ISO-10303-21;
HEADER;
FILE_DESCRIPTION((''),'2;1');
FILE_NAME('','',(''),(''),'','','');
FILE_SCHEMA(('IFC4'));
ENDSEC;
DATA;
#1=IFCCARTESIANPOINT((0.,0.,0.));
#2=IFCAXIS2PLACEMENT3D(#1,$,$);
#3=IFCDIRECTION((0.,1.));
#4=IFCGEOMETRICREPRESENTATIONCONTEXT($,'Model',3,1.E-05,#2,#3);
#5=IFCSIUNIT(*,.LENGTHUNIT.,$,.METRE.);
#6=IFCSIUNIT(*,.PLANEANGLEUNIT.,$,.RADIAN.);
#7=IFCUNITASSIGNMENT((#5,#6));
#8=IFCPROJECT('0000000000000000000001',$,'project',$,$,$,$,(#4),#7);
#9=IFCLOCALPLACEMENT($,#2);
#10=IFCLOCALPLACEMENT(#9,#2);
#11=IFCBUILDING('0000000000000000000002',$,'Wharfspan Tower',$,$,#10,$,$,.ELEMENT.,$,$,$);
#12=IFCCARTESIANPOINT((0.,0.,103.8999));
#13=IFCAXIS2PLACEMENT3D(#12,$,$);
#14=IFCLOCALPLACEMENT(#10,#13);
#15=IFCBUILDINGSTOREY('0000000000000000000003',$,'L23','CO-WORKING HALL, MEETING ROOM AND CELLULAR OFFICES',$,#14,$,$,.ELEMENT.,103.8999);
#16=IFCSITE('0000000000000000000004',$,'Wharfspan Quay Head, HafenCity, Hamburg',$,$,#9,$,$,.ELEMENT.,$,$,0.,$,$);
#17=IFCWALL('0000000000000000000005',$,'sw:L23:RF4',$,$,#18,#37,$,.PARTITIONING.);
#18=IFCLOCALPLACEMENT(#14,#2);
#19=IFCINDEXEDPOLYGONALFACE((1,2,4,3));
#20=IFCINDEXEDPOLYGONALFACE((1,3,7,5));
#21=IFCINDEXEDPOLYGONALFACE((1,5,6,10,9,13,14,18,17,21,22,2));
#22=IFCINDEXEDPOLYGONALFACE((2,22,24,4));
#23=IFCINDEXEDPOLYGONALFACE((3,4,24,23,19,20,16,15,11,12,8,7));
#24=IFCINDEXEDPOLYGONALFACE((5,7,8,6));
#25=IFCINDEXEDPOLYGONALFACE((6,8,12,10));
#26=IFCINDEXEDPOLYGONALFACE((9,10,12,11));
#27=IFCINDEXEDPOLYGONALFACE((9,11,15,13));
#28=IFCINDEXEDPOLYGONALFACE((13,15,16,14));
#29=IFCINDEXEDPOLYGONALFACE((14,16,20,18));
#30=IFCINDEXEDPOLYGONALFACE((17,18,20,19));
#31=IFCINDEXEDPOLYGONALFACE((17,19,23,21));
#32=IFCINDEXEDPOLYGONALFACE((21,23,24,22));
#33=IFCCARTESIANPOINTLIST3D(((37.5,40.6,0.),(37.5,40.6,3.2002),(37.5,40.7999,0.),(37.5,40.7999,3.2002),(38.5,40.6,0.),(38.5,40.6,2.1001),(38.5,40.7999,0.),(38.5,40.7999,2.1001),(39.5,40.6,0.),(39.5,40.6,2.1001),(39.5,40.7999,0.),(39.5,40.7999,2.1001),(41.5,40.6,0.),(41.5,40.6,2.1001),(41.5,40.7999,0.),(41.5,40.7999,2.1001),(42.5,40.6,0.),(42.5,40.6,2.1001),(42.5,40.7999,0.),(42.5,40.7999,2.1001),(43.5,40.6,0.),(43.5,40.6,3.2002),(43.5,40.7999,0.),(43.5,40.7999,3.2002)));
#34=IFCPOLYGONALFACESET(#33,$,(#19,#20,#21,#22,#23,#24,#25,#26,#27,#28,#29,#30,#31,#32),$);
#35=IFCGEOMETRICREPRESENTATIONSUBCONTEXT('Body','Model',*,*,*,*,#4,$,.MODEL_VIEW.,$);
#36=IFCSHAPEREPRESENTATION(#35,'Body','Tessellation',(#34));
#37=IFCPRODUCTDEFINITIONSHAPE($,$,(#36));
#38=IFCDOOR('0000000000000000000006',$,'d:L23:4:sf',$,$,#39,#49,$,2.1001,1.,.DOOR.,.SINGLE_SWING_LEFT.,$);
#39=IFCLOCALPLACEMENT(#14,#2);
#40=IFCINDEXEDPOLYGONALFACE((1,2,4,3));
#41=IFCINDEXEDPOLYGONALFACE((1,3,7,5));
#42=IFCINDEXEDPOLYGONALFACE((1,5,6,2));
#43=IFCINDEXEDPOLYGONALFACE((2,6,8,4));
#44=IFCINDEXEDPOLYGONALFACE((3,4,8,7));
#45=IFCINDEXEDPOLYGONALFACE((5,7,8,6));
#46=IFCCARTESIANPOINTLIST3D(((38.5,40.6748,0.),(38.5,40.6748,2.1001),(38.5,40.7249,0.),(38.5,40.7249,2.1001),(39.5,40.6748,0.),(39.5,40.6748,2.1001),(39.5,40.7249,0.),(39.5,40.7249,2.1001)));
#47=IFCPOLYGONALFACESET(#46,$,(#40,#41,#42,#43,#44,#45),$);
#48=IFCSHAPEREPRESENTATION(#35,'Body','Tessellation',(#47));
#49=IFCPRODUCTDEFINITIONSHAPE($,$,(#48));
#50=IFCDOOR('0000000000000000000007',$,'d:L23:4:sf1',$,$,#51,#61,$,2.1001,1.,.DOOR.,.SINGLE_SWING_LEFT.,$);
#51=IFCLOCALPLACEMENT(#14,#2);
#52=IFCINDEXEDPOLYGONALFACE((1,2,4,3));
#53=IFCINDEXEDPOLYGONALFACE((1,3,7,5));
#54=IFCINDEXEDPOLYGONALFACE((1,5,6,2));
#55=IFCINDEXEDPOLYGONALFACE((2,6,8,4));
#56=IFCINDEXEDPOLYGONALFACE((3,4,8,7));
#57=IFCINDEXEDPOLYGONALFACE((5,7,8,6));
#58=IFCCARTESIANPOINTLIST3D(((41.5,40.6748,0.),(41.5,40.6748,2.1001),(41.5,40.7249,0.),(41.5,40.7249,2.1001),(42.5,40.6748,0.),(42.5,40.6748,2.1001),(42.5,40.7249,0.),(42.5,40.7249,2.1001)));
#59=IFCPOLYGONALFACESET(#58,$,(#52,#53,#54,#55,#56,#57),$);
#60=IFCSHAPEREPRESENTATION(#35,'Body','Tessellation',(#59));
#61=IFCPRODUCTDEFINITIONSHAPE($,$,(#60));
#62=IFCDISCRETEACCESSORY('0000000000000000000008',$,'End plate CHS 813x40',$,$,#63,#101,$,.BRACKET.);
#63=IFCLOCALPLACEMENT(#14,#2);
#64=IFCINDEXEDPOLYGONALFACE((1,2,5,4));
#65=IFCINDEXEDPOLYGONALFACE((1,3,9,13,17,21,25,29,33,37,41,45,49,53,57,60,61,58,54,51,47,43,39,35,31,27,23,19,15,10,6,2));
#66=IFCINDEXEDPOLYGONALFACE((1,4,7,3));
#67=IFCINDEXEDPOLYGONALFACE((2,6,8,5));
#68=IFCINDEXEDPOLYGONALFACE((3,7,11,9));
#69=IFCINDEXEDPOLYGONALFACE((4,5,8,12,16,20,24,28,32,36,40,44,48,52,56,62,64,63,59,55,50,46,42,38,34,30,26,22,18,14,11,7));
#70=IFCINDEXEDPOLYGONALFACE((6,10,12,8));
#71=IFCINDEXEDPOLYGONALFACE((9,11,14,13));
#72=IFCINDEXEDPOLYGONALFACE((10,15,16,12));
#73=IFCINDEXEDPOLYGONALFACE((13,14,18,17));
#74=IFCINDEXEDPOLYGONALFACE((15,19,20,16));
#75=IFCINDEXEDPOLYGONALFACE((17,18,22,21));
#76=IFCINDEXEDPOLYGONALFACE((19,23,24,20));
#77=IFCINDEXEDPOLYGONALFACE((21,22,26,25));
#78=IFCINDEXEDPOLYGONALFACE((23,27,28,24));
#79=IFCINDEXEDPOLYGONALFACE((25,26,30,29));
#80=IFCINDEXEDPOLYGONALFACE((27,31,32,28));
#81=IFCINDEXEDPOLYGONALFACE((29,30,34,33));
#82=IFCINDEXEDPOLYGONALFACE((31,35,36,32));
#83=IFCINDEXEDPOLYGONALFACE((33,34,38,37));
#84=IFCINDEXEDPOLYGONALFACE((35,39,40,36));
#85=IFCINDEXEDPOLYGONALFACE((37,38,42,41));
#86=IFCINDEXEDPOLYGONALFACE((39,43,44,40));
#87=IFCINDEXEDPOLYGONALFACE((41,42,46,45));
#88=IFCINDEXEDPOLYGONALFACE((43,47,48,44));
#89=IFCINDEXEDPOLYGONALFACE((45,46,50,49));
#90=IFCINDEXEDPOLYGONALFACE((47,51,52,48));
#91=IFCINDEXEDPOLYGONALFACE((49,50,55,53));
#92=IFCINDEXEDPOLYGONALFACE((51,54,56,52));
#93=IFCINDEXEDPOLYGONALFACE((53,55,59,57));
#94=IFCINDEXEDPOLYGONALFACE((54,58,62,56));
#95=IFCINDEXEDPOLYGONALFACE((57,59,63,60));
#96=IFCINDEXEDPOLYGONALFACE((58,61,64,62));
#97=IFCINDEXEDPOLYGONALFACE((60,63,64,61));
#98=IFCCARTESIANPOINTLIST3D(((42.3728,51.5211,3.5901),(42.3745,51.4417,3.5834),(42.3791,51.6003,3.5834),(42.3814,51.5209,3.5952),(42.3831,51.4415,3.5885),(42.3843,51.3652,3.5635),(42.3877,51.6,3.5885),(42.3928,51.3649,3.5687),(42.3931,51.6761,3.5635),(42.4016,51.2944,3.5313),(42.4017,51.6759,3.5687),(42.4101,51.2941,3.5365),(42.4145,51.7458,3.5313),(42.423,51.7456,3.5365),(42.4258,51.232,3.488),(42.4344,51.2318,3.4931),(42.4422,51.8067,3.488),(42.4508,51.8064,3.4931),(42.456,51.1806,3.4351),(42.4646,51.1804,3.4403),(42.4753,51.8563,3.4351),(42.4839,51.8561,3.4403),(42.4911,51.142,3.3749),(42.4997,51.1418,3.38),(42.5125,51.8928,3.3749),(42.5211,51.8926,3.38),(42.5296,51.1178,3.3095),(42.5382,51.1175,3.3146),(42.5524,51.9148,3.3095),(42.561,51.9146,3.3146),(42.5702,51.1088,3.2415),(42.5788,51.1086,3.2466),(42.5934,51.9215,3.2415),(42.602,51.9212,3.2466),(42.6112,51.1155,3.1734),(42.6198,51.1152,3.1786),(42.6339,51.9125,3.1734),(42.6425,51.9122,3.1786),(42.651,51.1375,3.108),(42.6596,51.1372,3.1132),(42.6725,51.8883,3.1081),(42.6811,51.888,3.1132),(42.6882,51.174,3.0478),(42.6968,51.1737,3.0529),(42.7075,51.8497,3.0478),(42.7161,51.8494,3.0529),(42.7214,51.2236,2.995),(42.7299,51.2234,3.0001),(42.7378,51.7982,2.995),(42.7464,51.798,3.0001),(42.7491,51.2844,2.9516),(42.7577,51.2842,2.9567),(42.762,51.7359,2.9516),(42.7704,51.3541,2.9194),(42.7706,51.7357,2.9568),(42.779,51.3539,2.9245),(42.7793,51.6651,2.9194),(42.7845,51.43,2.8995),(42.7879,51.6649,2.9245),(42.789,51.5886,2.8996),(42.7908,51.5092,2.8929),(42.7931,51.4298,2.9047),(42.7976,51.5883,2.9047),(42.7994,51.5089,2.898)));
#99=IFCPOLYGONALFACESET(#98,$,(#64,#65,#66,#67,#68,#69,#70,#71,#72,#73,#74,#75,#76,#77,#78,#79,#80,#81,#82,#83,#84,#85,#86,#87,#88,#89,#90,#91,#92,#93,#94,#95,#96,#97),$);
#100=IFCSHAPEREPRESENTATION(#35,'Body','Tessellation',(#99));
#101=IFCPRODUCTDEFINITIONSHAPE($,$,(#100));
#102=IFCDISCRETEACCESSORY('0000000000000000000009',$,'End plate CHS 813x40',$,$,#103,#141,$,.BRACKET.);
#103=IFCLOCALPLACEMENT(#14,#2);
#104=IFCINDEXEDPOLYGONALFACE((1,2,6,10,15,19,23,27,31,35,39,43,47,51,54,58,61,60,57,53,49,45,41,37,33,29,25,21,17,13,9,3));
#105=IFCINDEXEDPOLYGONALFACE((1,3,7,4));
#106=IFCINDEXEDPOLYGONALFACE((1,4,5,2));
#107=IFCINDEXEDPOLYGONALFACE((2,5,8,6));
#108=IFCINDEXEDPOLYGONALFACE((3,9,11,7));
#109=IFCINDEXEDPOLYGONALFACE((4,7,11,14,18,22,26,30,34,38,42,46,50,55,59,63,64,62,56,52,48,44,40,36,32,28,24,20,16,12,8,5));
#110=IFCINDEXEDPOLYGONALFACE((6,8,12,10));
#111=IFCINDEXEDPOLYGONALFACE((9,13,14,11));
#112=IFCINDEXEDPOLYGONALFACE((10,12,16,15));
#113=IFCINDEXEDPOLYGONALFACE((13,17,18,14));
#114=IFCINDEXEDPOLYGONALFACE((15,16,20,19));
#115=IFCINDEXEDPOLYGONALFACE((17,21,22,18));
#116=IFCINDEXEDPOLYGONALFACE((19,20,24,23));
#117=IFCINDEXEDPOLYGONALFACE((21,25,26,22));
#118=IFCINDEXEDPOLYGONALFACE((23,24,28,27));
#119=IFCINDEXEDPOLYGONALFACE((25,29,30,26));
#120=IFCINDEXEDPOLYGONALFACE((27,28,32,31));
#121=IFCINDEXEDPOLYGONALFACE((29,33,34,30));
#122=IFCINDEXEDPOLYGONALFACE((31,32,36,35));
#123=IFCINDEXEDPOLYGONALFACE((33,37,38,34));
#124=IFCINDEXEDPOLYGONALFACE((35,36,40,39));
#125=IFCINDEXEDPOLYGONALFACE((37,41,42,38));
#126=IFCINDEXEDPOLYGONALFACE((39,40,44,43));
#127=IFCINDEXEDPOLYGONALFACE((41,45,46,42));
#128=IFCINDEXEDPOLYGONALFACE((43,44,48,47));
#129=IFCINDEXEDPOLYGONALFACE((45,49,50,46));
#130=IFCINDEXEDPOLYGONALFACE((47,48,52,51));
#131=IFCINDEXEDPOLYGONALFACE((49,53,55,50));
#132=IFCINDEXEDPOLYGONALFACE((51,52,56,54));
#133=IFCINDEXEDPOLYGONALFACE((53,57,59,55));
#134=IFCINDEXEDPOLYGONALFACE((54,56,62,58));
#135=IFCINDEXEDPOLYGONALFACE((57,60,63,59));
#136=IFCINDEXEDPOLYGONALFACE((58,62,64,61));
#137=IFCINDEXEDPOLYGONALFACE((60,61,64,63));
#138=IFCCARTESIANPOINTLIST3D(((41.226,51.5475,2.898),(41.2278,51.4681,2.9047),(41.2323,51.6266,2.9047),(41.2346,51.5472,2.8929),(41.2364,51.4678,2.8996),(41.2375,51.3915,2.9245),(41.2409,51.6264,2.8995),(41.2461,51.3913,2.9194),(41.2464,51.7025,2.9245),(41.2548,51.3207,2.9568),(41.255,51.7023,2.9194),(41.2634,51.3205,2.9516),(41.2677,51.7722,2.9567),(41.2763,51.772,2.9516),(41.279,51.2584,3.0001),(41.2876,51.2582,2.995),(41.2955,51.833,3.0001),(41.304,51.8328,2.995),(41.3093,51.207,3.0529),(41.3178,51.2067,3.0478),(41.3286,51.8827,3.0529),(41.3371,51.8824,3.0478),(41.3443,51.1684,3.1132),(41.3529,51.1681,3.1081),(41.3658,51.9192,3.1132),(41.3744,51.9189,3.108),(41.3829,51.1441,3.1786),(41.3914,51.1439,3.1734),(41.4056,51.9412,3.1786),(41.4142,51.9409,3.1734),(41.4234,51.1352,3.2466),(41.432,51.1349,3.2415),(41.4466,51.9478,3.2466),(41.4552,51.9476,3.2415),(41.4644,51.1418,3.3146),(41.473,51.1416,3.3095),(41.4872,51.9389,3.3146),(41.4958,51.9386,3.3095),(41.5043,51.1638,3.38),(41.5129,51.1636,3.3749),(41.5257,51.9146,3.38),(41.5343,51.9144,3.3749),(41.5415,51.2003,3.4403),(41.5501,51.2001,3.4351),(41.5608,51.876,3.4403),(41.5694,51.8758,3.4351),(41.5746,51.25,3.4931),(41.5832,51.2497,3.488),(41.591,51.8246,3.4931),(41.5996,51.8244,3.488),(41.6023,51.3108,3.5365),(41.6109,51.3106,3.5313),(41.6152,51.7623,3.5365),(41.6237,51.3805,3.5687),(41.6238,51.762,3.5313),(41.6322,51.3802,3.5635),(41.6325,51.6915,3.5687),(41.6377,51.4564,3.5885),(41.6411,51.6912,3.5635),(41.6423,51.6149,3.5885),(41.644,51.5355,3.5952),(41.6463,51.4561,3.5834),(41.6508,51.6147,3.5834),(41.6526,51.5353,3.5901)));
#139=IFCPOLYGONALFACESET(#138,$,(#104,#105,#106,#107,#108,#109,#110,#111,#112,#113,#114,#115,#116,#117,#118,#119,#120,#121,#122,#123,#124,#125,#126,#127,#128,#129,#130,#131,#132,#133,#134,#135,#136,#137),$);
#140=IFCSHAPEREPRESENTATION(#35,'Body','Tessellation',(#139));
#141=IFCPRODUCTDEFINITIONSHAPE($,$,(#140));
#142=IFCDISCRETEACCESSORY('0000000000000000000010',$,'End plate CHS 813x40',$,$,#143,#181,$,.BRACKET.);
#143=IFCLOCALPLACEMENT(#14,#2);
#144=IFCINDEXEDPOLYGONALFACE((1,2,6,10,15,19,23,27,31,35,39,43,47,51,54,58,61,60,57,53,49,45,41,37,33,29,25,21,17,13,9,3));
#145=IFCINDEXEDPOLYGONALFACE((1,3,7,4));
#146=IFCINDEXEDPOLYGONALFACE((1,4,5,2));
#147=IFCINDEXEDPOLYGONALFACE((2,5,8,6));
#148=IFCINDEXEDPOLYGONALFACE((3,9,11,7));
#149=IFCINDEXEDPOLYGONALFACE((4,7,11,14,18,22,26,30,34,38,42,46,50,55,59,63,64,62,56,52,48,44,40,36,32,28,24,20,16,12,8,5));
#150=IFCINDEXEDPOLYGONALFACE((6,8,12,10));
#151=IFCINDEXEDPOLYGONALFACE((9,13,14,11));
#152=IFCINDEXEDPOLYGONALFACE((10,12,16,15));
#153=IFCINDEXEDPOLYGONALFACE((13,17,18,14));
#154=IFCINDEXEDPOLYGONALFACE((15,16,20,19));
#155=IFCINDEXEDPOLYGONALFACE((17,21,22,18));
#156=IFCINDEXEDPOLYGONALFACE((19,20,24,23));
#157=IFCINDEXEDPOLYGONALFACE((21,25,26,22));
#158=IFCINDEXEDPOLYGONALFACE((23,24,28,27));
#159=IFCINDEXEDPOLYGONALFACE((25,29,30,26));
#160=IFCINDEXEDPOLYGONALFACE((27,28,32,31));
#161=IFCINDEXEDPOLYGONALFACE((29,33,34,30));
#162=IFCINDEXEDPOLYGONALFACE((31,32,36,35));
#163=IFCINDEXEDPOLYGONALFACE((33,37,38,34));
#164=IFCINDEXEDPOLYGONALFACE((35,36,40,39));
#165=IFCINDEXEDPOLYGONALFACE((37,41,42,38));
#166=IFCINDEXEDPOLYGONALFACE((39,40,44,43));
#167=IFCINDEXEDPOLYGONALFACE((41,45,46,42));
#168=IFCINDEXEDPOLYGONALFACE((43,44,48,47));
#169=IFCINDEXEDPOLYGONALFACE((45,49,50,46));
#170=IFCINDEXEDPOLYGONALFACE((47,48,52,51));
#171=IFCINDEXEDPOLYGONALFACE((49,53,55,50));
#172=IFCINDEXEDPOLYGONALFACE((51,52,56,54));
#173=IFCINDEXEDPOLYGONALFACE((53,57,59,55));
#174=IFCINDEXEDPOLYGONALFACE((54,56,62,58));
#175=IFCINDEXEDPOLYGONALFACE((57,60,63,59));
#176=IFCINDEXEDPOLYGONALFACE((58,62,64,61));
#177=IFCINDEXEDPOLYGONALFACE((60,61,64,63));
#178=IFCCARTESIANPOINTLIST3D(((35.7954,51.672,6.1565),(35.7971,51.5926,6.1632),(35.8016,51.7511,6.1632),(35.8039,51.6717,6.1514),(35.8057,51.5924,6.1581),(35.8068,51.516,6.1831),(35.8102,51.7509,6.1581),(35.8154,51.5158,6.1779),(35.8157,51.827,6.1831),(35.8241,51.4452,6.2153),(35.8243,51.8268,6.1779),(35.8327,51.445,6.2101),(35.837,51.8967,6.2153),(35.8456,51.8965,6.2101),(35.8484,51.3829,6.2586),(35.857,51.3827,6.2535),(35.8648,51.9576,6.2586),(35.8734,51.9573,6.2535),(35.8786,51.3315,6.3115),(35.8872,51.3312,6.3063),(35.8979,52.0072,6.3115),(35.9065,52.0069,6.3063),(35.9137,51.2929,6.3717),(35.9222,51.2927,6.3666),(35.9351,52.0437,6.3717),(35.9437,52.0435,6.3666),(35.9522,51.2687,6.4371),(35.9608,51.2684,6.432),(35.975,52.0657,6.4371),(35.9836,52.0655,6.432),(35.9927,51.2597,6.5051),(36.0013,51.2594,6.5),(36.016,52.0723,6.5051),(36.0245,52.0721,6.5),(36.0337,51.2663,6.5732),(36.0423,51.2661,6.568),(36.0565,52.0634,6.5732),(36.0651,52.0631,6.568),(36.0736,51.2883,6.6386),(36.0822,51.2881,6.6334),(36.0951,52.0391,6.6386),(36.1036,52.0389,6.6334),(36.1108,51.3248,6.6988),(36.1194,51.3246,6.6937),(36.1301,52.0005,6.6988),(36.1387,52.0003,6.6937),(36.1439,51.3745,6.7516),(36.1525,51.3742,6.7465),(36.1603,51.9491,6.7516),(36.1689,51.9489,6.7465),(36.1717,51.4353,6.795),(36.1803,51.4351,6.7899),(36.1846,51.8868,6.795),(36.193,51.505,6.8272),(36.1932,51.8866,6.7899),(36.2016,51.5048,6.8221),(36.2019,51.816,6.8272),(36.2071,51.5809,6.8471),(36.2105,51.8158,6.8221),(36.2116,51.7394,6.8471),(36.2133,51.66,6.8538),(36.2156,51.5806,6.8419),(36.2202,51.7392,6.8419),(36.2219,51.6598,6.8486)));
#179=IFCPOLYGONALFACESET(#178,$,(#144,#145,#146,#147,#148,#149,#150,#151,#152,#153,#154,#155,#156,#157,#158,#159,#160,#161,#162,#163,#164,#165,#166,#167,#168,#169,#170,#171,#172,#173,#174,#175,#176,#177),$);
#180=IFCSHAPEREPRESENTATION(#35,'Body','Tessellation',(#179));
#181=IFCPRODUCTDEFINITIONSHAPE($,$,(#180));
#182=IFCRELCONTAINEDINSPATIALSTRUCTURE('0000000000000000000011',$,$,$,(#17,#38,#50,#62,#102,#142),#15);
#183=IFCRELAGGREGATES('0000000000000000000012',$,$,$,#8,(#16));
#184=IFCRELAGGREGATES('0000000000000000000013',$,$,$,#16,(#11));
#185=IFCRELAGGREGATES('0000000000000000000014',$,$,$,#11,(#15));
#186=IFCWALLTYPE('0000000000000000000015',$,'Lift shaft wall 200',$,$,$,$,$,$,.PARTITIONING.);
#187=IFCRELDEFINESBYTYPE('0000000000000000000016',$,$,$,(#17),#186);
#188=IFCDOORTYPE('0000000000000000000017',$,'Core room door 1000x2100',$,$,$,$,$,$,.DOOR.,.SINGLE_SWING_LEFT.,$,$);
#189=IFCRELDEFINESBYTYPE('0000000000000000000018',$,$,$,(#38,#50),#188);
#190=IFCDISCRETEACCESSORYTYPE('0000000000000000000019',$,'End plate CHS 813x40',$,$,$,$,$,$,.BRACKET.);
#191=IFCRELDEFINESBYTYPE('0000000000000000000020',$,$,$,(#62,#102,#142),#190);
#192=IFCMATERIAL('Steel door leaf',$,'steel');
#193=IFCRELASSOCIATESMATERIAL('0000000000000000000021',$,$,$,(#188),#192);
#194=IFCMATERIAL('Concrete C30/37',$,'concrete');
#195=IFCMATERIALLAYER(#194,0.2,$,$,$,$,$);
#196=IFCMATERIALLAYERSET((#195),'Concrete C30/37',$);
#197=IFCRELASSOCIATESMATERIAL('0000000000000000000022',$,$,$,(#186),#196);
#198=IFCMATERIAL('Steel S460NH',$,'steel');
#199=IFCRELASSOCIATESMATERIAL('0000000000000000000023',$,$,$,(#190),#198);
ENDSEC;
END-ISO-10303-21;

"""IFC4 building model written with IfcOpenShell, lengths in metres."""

from ifc_helpers import new_model, si_unit, direction, frame, frame_2d, origin, origin_2d, place, context, subcontext, project, spatial, rectangle, circle, extrude, material, layer, layer_set, material_profile, profile_set, type_object, element, fill, save


model = new_model("IFC4")

# Units and contexts
model_context = context("Model", 3, precision=1e-05, world=origin(), true_north=direction((0.0, 1.0)))
body_context = subcontext(model_context, "Body", "Model", "MODEL_VIEW")
ifc_project = project(units=[si_unit("LENGTHUNIT", "METRE"), si_unit("PLANEANGLEUNIT", "RADIAN")], contexts=[model_context])

# Site, building, storey
site_placement = place(None, origin())
site = spatial("IfcSite", under=ifc_project, at=site_placement, Name="Wharfspan Quay Head, HafenCity, Hamburg", CompositionType="ELEMENT", RefElevation=0.0)
building_placement = place(site_placement, origin())
building = spatial("IfcBuilding", under=site, at=building_placement, Name="Wharfspan Tower", CompositionType="ELEMENT")
storey_placement = place(building_placement, frame((0.0, 0.0, 103.8999)))
storey = spatial("IfcBuildingStorey", under=building, at=storey_placement, Name="L23", Description="CO-WORKING HALL, MEETING ROOM AND CELLULAR OFFICES", CompositionType="ELEMENT", Elevation=103.8999)

# Shared definitions
ifc_material_1 = material(Name="Steel S460NH", Category="steel")

# Wall, openings, doors
ifc_material_2 = material(Name="Steel door leaf", Category="steel")
door_type_1 = type_object("IfcDoorType", Name="Core room door 1000x2100", OperationType="SINGLE_SWING_LEFT", PredefinedType="DOOR", material=ifc_material_2)
ifc_material_3 = material(Name="Concrete C30/37", Category="concrete")
ifc_layer_1 = layer(ifc_material_3, 0.2)
ifc_layer_set_1 = layer_set([ifc_layer_1], Name="Concrete C30/37")
wall_type_1 = type_object("IfcWallType", Name="Lift shaft wall 200", PredefinedType="PARTITIONING", material=ifc_layer_set_1)
wall_1_placement = place(storey_placement, frame((37.5, 40.7, 0.0), z_axis=(0.0, 0.0, 1.0), x_axis=(1.0, 0.0, 0.0)))
wall_1 = element("IfcWall", 1, at=wall_1_placement, inside=storey, type_object=wall_type_1, Name="sw:L23:RF4", PredefinedType="PARTITIONING", context=body_context, shape_type="SweptSolid", body=[
    extrude(rectangle(XDim=6.0, YDim=0.2, at=frame_2d((3.0, 0.0))), origin(), (0.0, 0.0, 1.0), 3.2002),
])
opening_1_placement = place(wall_1_placement, frame((1.0, 0.0, 0.0)))
opening_1 = element("IfcOpeningElement", 2, at=opening_1_placement, cuts=wall_1, PredefinedType="OPENING", context=body_context, shape_type="SweptSolid", body=[
    extrude(rectangle(XDim=1.0, YDim=2.1001, at=frame_2d((0.5, 1.05))), frame((0.0, 0.1099, 0.0), z_axis=(0.0, -1.0, 0.0), x_axis=(1.0, 0.0, 0.0)), (0.0, 0.0, 1.0), 0.22),
])
opening_2_placement = place(wall_1_placement, frame((4.0, 0.0, 0.0)))
opening_2 = element("IfcOpeningElement", 3, at=opening_2_placement, cuts=wall_1, PredefinedType="OPENING", context=body_context, shape_type="SweptSolid", body=[
    extrude(rectangle(XDim=1.0, YDim=2.1001, at=frame_2d((0.5, 1.05))), frame((0.0, 0.1099, 0.0), z_axis=(0.0, -1.0, 0.0), x_axis=(1.0, 0.0, 0.0)), (0.0, 0.0, 1.0), 0.22),
])
door_1_placement = place(opening_1_placement, origin())
door_1 = element("IfcDoor", 4, at=door_1_placement, inside=storey, type_object=door_type_1, Name="d:L23:4:sf", OperationType="SINGLE_SWING_LEFT", OverallHeight=2.1001, OverallWidth=1.0, PredefinedType="DOOR", context=body_context, shape_type="SweptSolid", body=[
    extrude(rectangle(XDim=1.0, YDim=2.1001, at=frame_2d((0.5, 1.05))), frame((0.0, 0.0249, 0.0), z_axis=(0.0, -1.0, 0.0), x_axis=(1.0, 0.0, 0.0)), (0.0, 0.0, 1.0), 0.05),
])
fill(opening_1, door_1)
door_2_placement = place(opening_2_placement, origin())
door_2 = element("IfcDoor", 5, at=door_2_placement, inside=storey, type_object=door_type_1, Name="d:L23:4:sf1", OperationType="SINGLE_SWING_LEFT", OverallHeight=2.1001, OverallWidth=1.0, PredefinedType="DOOR", context=body_context, shape_type="SweptSolid", body=[
    extrude(rectangle(XDim=1.0, YDim=2.1001, at=frame_2d((0.5, 1.05))), frame((0.0, 0.0249, 0.0), z_axis=(0.0, -1.0, 0.0), x_axis=(1.0, 0.0, 0.0)), (0.0, 0.0, 1.0), 0.05),
])
fill(opening_2, door_2)

# Discrete accessories
ifc_material_profile_1 = material_profile(ifc_material_1, circle(Radius=0.4065, at=origin_2d()))
ifc_profile_set_1 = profile_set([ifc_material_profile_1], Name="Steel S460NH")
discrete_accessory_type = type_object("IfcDiscreteAccessoryType", Name="End plate CHS 813x40", PredefinedType="BRACKET", material=ifc_profile_set_1)
for number, where, z_axis, x_axis, name in (
    (6, (42.5818, 51.5151, 3.2415), (0.857236, -0.024492, 0.514341), (0.028558, 0.999591, 0.000002), "End plate CHS 813x40"),
    (7, (41.4436, 51.5413, 3.2415), (-0.857236, 0.024492, 0.514341), (-0.028558, -0.999591, 0.000002), "End plate CHS 813x40"),
    (8, (36.0129, 51.6658, 6.5), (-0.857236, 0.024492, 0.514341), (-0.028558, -0.999591, 0.000002), "End plate CHS 813x40"),
):
    element("IfcDiscreteAccessory", number, at=place(storey_placement, frame(where, z_axis=z_axis, x_axis=x_axis)), inside=storey, type_object=discrete_accessory_type, Name=name, PredefinedType="BRACKET", context=body_context, shape_type="SweptSolid", body=[
        extrude(circle(Radius=0.4065, at=origin_2d()), origin(), (0.0, 0.0, 1.0), 0.01),
    ])

save(model, "model.ifc")
